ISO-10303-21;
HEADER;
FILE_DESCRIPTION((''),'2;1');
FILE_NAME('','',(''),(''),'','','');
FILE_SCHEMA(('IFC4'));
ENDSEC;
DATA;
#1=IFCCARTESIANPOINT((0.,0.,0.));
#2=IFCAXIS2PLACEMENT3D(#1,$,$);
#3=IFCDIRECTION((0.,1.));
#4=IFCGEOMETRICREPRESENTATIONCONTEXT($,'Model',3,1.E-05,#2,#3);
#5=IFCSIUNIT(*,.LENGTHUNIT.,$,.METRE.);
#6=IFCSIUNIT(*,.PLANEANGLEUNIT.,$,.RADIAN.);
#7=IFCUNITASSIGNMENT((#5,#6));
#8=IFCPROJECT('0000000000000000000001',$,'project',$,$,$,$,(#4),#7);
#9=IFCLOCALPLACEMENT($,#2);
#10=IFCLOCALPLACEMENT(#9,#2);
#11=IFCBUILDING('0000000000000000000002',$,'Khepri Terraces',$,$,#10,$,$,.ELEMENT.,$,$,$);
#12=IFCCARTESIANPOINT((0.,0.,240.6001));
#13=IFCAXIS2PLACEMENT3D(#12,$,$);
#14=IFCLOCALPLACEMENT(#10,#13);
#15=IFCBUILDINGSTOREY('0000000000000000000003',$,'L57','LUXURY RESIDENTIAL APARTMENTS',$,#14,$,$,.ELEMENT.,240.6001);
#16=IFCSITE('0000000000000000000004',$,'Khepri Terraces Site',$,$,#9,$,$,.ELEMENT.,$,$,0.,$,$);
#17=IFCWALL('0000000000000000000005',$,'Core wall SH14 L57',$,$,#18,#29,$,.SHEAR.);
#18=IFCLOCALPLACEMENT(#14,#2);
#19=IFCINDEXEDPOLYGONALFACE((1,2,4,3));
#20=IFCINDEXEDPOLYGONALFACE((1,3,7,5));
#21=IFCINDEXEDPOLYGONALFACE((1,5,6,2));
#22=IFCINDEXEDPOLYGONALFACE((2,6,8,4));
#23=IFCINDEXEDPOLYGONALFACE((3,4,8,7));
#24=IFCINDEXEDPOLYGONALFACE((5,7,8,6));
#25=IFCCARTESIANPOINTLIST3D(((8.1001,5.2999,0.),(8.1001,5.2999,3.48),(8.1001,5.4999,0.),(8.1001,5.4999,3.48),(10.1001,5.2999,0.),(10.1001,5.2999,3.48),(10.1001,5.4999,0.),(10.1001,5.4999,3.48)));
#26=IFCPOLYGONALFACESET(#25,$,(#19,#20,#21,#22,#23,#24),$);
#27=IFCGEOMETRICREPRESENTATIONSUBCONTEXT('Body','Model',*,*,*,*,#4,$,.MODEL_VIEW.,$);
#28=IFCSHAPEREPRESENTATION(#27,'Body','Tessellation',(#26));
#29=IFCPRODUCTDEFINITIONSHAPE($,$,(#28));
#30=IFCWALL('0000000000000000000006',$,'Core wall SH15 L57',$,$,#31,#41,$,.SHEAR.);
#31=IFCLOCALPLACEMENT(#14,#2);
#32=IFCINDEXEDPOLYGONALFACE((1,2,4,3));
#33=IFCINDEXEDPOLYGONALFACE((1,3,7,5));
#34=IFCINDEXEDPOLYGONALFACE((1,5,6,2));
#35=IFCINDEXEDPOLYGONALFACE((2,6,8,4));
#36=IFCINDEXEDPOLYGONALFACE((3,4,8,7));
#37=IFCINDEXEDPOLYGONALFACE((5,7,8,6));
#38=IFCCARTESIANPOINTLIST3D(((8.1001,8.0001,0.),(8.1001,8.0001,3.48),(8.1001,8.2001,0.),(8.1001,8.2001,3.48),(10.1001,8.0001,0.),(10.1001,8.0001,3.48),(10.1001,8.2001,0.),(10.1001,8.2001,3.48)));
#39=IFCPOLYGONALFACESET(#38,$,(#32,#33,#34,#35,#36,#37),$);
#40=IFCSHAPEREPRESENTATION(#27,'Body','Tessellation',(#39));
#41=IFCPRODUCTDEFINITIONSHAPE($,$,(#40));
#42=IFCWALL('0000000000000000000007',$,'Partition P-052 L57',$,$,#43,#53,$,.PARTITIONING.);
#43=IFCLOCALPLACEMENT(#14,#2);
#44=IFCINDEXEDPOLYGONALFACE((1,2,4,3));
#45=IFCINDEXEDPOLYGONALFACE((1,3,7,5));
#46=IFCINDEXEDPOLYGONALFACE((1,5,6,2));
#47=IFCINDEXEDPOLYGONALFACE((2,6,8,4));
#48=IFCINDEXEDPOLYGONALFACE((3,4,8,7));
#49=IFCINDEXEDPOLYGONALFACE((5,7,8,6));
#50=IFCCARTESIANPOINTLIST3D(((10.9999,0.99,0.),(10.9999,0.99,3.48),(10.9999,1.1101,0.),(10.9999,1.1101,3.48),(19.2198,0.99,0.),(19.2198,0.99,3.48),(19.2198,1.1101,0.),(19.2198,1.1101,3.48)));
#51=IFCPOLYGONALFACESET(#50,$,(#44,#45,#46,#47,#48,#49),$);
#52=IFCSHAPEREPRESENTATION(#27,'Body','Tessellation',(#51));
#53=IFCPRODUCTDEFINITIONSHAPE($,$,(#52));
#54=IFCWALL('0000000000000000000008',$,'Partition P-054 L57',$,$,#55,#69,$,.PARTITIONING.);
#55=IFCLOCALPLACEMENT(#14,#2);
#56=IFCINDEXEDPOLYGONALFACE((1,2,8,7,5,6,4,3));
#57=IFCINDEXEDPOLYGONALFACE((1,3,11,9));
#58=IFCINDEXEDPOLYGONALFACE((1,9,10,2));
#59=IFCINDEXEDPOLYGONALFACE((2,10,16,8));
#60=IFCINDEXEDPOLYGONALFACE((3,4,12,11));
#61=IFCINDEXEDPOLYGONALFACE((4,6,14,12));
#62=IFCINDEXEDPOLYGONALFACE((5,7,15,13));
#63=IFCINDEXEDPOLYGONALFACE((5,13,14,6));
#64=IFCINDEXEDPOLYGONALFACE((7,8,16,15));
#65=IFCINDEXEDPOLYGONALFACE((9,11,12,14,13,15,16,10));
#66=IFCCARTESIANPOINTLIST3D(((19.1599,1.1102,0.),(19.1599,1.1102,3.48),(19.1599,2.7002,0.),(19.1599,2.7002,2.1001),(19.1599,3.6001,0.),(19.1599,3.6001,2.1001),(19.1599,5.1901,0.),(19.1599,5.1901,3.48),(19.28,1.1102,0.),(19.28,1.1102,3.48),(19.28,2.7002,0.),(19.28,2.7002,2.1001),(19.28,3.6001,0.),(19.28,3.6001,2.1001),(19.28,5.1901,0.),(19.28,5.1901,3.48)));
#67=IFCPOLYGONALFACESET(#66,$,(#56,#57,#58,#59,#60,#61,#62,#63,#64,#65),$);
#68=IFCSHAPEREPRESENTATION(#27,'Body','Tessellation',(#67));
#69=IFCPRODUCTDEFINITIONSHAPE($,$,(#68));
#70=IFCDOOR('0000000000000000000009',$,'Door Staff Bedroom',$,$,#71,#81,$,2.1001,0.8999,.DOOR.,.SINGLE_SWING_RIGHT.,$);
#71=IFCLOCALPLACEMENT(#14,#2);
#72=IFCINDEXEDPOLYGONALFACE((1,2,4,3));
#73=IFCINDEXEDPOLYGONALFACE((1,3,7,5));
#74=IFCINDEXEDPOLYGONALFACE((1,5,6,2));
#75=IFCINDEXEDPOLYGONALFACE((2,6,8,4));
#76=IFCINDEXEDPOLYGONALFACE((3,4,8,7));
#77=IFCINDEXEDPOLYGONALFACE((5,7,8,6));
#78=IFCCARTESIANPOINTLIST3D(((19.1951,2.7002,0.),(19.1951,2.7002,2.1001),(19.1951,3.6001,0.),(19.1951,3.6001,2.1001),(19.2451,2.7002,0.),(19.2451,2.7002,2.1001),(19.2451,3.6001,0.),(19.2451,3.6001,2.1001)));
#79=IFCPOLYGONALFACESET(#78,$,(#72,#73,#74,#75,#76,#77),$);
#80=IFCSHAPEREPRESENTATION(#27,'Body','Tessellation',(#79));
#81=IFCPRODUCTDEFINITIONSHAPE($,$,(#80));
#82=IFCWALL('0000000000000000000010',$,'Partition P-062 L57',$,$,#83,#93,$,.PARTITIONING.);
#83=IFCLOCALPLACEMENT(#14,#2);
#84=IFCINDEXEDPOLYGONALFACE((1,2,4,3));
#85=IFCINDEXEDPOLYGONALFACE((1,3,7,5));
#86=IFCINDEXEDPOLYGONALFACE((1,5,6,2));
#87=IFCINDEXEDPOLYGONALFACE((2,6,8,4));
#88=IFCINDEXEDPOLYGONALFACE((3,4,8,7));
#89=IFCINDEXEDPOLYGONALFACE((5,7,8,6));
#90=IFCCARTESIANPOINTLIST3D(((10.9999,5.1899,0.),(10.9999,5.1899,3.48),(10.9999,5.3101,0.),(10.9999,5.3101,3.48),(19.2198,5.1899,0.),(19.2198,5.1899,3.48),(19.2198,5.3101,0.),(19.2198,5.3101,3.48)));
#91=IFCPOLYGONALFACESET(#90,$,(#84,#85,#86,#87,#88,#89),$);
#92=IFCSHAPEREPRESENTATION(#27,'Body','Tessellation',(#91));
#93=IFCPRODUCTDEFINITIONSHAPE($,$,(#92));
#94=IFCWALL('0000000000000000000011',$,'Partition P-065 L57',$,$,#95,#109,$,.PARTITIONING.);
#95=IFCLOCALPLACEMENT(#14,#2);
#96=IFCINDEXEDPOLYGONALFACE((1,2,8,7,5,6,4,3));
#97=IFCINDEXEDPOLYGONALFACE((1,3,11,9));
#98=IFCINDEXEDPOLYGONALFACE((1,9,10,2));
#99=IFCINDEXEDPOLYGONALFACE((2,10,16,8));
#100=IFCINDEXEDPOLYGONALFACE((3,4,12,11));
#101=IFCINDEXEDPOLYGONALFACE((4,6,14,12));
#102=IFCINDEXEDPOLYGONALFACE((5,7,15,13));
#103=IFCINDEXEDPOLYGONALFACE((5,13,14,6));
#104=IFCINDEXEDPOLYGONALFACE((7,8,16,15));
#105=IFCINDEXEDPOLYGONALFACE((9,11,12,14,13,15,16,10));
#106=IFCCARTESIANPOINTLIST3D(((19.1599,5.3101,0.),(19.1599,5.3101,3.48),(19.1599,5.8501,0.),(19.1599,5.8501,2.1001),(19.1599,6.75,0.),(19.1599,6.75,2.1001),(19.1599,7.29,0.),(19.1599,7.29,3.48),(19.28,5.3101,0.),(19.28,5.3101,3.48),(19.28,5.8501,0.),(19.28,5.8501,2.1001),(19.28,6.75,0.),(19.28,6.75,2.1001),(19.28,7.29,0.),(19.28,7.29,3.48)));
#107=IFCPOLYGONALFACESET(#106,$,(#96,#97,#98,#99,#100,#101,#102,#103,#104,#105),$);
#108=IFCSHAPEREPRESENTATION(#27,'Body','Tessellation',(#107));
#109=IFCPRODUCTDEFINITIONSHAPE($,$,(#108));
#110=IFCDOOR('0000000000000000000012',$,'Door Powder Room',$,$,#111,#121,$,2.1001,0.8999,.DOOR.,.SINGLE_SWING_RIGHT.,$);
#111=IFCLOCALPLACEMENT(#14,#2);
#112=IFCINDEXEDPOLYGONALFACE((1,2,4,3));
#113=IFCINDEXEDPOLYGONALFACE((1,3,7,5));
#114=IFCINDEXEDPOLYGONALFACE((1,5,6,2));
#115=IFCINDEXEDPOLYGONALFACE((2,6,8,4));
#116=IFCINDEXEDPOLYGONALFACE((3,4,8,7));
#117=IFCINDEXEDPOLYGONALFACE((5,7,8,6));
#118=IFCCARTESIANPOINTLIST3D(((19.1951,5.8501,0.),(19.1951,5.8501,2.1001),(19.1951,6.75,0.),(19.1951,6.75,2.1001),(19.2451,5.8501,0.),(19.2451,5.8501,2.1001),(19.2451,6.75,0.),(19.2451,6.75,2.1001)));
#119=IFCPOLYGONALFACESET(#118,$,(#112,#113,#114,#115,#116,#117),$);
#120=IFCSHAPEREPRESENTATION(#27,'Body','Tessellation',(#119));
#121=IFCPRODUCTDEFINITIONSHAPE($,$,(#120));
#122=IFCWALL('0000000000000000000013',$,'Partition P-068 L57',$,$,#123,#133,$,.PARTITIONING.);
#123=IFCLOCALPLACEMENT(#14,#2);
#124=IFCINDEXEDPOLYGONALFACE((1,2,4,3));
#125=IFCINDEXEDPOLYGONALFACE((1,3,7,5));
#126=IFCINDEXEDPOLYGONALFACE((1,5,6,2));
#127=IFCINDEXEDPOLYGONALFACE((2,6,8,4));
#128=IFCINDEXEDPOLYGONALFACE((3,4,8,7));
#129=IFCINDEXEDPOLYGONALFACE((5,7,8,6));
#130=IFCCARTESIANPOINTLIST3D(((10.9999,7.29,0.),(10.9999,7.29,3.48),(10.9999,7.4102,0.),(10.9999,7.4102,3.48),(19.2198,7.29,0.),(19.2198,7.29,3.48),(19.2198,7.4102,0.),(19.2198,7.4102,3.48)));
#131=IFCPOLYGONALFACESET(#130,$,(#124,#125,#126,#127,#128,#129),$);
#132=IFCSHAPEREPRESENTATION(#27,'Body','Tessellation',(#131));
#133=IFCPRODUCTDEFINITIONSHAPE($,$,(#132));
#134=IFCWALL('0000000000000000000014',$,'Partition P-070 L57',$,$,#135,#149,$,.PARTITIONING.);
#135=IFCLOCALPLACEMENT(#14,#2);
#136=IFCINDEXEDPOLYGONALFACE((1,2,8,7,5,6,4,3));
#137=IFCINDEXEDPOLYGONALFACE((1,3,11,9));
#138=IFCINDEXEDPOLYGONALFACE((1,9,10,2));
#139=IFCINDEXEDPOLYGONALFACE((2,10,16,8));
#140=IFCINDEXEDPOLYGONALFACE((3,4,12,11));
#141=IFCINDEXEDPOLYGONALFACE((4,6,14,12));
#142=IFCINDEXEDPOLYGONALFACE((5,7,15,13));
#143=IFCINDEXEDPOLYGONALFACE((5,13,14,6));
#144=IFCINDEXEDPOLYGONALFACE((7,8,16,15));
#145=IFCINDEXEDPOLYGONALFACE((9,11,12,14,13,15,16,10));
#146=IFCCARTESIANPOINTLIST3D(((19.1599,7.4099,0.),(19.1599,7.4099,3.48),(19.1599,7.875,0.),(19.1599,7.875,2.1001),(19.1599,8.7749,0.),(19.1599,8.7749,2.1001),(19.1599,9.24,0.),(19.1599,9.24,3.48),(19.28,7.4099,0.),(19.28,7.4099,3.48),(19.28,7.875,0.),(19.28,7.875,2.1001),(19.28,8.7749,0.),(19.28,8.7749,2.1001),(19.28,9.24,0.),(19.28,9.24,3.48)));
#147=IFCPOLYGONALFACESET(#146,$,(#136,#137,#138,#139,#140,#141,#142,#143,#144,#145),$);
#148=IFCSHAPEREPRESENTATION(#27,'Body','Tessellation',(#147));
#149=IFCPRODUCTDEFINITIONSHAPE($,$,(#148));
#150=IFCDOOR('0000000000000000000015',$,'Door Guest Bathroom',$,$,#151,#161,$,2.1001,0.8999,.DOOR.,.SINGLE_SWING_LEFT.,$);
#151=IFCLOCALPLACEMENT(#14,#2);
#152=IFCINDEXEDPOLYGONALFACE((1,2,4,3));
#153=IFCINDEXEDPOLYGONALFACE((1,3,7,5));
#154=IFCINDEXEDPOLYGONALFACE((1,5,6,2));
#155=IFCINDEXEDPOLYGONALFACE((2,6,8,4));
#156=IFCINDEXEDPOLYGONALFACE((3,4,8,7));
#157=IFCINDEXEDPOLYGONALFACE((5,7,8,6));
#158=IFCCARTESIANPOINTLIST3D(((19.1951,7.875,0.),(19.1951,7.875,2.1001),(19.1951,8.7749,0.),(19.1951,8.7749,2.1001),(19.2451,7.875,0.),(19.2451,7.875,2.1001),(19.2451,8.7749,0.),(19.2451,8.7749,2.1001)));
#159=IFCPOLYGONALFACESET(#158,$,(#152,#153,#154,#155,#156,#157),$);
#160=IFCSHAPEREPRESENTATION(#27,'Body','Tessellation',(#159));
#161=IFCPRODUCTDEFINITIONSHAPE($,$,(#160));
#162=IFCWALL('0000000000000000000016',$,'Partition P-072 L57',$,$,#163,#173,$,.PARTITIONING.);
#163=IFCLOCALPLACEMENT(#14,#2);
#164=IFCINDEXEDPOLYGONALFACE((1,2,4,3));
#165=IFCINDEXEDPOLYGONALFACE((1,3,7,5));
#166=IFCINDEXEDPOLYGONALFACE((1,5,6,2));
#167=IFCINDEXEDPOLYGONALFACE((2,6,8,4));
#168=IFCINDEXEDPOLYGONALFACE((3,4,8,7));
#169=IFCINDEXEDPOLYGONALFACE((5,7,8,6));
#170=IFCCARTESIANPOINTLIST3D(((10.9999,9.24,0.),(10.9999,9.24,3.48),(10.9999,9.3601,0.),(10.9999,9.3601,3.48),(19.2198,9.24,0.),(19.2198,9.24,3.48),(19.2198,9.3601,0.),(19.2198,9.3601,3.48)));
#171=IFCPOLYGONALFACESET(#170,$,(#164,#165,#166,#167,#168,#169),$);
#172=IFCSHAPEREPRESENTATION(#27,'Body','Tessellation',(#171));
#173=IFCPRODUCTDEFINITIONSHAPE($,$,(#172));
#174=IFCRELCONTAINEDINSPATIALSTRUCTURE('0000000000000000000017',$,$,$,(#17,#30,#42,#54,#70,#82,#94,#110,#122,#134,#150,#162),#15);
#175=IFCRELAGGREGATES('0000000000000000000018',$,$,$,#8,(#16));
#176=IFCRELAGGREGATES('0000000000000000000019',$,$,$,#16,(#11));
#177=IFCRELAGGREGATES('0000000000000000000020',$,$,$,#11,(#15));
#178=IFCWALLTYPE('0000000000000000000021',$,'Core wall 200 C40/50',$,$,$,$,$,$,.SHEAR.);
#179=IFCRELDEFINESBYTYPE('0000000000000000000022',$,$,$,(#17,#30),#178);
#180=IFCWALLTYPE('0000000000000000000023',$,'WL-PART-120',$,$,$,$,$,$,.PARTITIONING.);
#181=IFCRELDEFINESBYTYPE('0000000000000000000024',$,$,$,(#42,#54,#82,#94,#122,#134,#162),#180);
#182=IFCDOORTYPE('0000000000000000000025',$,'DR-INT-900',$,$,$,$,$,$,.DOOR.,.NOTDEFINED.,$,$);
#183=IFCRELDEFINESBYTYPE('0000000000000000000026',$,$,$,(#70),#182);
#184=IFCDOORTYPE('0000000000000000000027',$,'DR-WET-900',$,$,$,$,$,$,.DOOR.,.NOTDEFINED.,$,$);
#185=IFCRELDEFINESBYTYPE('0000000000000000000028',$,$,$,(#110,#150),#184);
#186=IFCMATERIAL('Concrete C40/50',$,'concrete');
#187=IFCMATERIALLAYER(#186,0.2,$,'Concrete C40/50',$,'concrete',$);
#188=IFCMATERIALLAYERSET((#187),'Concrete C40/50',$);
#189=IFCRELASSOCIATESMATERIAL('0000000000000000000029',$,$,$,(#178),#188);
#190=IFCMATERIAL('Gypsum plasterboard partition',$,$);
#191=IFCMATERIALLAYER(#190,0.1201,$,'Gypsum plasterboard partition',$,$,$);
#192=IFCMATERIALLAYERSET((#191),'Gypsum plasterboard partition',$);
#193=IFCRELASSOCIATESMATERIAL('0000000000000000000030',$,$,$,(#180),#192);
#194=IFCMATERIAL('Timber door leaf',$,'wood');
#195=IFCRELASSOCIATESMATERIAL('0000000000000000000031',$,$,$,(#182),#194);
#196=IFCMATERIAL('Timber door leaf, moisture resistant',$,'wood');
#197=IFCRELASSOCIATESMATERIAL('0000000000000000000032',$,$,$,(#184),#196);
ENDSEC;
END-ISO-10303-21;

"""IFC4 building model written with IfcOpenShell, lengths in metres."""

from ifc_helpers import new_model, si_unit, direction, frame, frame_2d, origin, place, context, subcontext, project, spatial, rectangle, extrude, material, layer, layer_set, type_object, element, fill, save


model = new_model("IFC4")

# Units and contexts
model_context = context("Model", 3, precision=1e-05, world=origin(), true_north=direction((0.0, 1.0)))
body_context = subcontext(model_context, "Body", "Model", "MODEL_VIEW")
ifc_project = project(units=[si_unit("LENGTHUNIT", "METRE"), si_unit("PLANEANGLEUNIT", "RADIAN")], contexts=[model_context])

# Site, building, storey
site_placement = place(None, origin())
site = spatial("IfcSite", under=ifc_project, at=site_placement, Name="Khepri Terraces Site", CompositionType="ELEMENT", RefElevation=0.0)
building_placement = place(site_placement, origin())
building = spatial("IfcBuilding", under=site, at=building_placement, Name="Khepri Terraces", CompositionType="ELEMENT")
storey_placement = place(building_placement, frame((0.0, 0.0, 240.6001)))
storey = spatial("IfcBuildingStorey", under=building, at=storey_placement, Name="L57", Description="LUXURY RESIDENTIAL APARTMENTS", CompositionType="ELEMENT", Elevation=240.6001)

# Walls
ifc_material_1 = material(Name="Concrete C40/50", Category="concrete")
ifc_layer_1 = layer(ifc_material_1, 0.2, Name="Concrete C40/50", Category="concrete")
ifc_layer_set_1 = layer_set([ifc_layer_1], Name="Concrete C40/50")
wall_type_1 = type_object("IfcWallType", Name="Core wall 200 C40/50", PredefinedType="SHEAR", material=ifc_layer_set_1)
for number, where, z_axis, x_axis, name in (
    (1, (8.1001, 5.3999, 0.0), (0.0, 0.0, 1.0), (1.0, 0.0, 0.0), "Core wall SH14 L57"),
    (2, (8.1001, 8.1001, 0.0), (0.0, 0.0, 1.0), (1.0, 0.0, 0.0), "Core wall SH15 L57"),
):
    element("IfcWall", number, at=place(storey_placement, frame(where, z_axis=z_axis, x_axis=x_axis)), inside=storey, type_object=wall_type_1, Name=name, PredefinedType="SHEAR", context=body_context, shape_type="SweptSolid", body=[
        extrude(rectangle(XDim=2.0, YDim=0.2, at=frame_2d((1.0, 0.0))), origin(), (0.0, 0.0, 1.0), 3.48),
    ])
ifc_material_2 = material(Name="Gypsum plasterboard partition")
ifc_layer_2 = layer(ifc_material_2, 0.1201, Name="Gypsum plasterboard partition")
ifc_layer_set_2 = layer_set([ifc_layer_2], Name="Gypsum plasterboard partition")
wall_type_2 = type_object("IfcWallType", Name="WL-PART-120", PredefinedType="PARTITIONING", material=ifc_layer_set_2)
wall_1_placement = place(storey_placement, frame((11.0, 1.05, 0.0), z_axis=(0.0, 0.0, 1.0), x_axis=(1.0, 0.0, 0.0)))
element("IfcWall", 3, at=wall_1_placement, inside=storey, type_object=wall_type_2, Name="Partition P-052 L57", PredefinedType="PARTITIONING", context=body_context, shape_type="SweptSolid", body=[
    extrude(rectangle(XDim=8.22, YDim=0.1201, at=frame_2d((4.1099, 0.0))), origin(), (0.0, 0.0, 1.0), 3.48),
])

# Wall, opening, door
wall_2_placement = place(storey_placement, frame((19.22, 1.1101, 0.0), z_axis=(0.0, 0.0, 1.0), x_axis=(0.0, 1.0, 0.0)))
wall_2 = element("IfcWall", 4, at=wall_2_placement, inside=storey, type_object=wall_type_2, Name="Partition P-054 L57", PredefinedType="PARTITIONING", context=body_context, shape_type="SweptSolid", body=[
    extrude(rectangle(XDim=4.0798, YDim=0.1201, at=frame_2d((2.04, 0.0))), origin(), (0.0, 0.0, 1.0), 3.48),
])
opening_1_placement = place(wall_2_placement, frame((1.5901, 0.0, 0.0)))
opening_1 = element("IfcOpeningElement", 5, at=opening_1_placement, cuts=wall_2, PredefinedType="OPENING", context=body_context, shape_type="SweptSolid", body=[
    extrude(rectangle(XDim=0.8999, YDim=2.1001, at=frame_2d((0.45, 1.05))), frame((0.0, 0.0701, 0.0), z_axis=(0.0, -1.0, 0.0), x_axis=(1.0, 0.0, 0.0)), (0.0, 0.0, 1.0), 0.1401),
])
ifc_material_3 = material(Name="Timber door leaf", Category="wood")
door_type_1 = type_object("IfcDoorType", Name="DR-INT-900", OperationType="NOTDEFINED", PredefinedType="DOOR", material=ifc_material_3)
door_1_placement = place(opening_1_placement, origin())
door_1 = element("IfcDoor", 6, at=door_1_placement, inside=storey, type_object=door_type_1, Name="Door Staff Bedroom", OperationType="SINGLE_SWING_RIGHT", OverallHeight=2.1001, OverallWidth=0.8999, PredefinedType="DOOR", context=body_context, shape_type="SweptSolid", body=[
    extrude(rectangle(XDim=0.8999, YDim=2.1001, at=frame_2d((0.45, 1.05))), frame((0.0, 0.0249, 0.0), z_axis=(0.0, -1.0, 0.0), x_axis=(1.0, 0.0, 0.0)), (0.0, 0.0, 1.0), 0.05),
])
fill(opening_1, door_1)

# Wall
wall_3_placement = place(storey_placement, frame((11.0, 5.25, 0.0), z_axis=(0.0, 0.0, 1.0), x_axis=(1.0, 0.0, 0.0)))
element("IfcWall", 7, at=wall_3_placement, inside=storey, type_object=wall_type_2, Name="Partition P-062 L57", PredefinedType="PARTITIONING", context=body_context, shape_type="SweptSolid", body=[
    extrude(rectangle(XDim=8.22, YDim=0.1201, at=frame_2d((4.1099, 0.0))), origin(), (0.0, 0.0, 1.0), 3.48),
])

# Wall, opening, door
wall_4_placement = place(storey_placement, frame((19.22, 5.3101, 0.0), z_axis=(0.0, 0.0, 1.0), x_axis=(0.0, 1.0, 0.0)))
wall_4 = element("IfcWall", 8, at=wall_4_placement, inside=storey, type_object=wall_type_2, Name="Partition P-065 L57", PredefinedType="PARTITIONING", context=body_context, shape_type="SweptSolid", body=[
    extrude(rectangle(XDim=1.98, YDim=0.1201, at=frame_2d((0.99, 0.0))), origin(), (0.0, 0.0, 1.0), 3.48),
])
opening_2_placement = place(wall_4_placement, frame((0.54, 0.0, 0.0)))
opening_2 = element("IfcOpeningElement", 9, at=opening_2_placement, cuts=wall_4, PredefinedType="OPENING", context=body_context, shape_type="SweptSolid", body=[
    extrude(rectangle(XDim=0.8999, YDim=2.1001, at=frame_2d((0.45, 1.05))), frame((0.0, 0.0701, 0.0), z_axis=(0.0, -1.0, 0.0), x_axis=(1.0, 0.0, 0.0)), (0.0, 0.0, 1.0), 0.1401),
])
ifc_material_4 = material(Name="Timber door leaf, moisture resistant", Category="wood")
door_type_2 = type_object("IfcDoorType", Name="DR-WET-900", OperationType="NOTDEFINED", PredefinedType="DOOR", material=ifc_material_4)
door_2_placement = place(opening_2_placement, origin())
door_2 = element("IfcDoor", 10, at=door_2_placement, inside=storey, type_object=door_type_2, Name="Door Powder Room", OperationType="SINGLE_SWING_RIGHT", OverallHeight=2.1001, OverallWidth=0.8999, PredefinedType="DOOR", context=body_context, shape_type="SweptSolid", body=[
    extrude(rectangle(XDim=0.8999, YDim=2.1001, at=frame_2d((0.45, 1.05))), frame((0.0, 0.0249, 0.0), z_axis=(0.0, -1.0, 0.0), x_axis=(1.0, 0.0, 0.0)), (0.0, 0.0, 1.0), 0.05),
])
fill(opening_2, door_2)

# Wall
wall_5_placement = place(storey_placement, frame((11.0, 7.3501, 0.0), z_axis=(0.0, 0.0, 1.0), x_axis=(1.0, 0.0, 0.0)))
element("IfcWall", 11, at=wall_5_placement, inside=storey, type_object=wall_type_2, Name="Partition P-068 L57", PredefinedType="PARTITIONING", context=body_context, shape_type="SweptSolid", body=[
    extrude(rectangle(XDim=8.22, YDim=0.1201, at=frame_2d((4.1099, 0.0))), origin(), (0.0, 0.0, 1.0), 3.48),
])

# Wall, opening, door
wall_6_placement = place(storey_placement, frame((19.22, 7.4099, 0.0), z_axis=(0.0, 0.0, 1.0), x_axis=(0.0, 1.0, 0.0)))
wall_6 = element("IfcWall", 12, at=wall_6_placement, inside=storey, type_object=wall_type_2, Name="Partition P-070 L57", PredefinedType="PARTITIONING", context=body_context, shape_type="SweptSolid", body=[
    extrude(rectangle(XDim=1.8301, YDim=0.1201, at=frame_2d((0.915, 0.0))), origin(), (0.0, 0.0, 1.0), 3.48),
])
opening_3_placement = place(wall_6_placement, frame((0.4651, 0.0, 0.0)))
opening_3 = element("IfcOpeningElement", 13, at=opening_3_placement, cuts=wall_6, PredefinedType="OPENING", context=body_context, shape_type="SweptSolid", body=[
    extrude(rectangle(XDim=0.8999, YDim=2.1001, at=frame_2d((0.45, 1.05))), frame((0.0, 0.0701, 0.0), z_axis=(0.0, -1.0, 0.0), x_axis=(1.0, 0.0, 0.0)), (0.0, 0.0, 1.0), 0.1401),
])
door_3_placement = place(opening_3_placement, origin())
door_3 = element("IfcDoor", 14, at=door_3_placement, inside=storey, type_object=door_type_2, Name="Door Guest Bathroom", OperationType="SINGLE_SWING_LEFT", OverallHeight=2.1001, OverallWidth=0.8999, PredefinedType="DOOR", context=body_context, shape_type="SweptSolid", body=[
    extrude(rectangle(XDim=0.8999, YDim=2.1001, at=frame_2d((0.45, 1.05))), frame((0.0, 0.0249, 0.0), z_axis=(0.0, -1.0, 0.0), x_axis=(1.0, 0.0, 0.0)), (0.0, 0.0, 1.0), 0.05),
])
fill(opening_3, door_3)

# Wall
wall_7_placement = place(storey_placement, frame((11.0, 9.3, 0.0), z_axis=(0.0, 0.0, 1.0), x_axis=(1.0, 0.0, 0.0)))
element("IfcWall", 15, at=wall_7_placement, inside=storey, type_object=wall_type_2, Name="Partition P-072 L57", PredefinedType="PARTITIONING", context=body_context, shape_type="SweptSolid", body=[
    extrude(rectangle(XDim=8.22, YDim=0.1201, at=frame_2d((4.1099, 0.0))), origin(), (0.0, 0.0, 1.0), 3.48),
])

save(model, "model.ifc")
